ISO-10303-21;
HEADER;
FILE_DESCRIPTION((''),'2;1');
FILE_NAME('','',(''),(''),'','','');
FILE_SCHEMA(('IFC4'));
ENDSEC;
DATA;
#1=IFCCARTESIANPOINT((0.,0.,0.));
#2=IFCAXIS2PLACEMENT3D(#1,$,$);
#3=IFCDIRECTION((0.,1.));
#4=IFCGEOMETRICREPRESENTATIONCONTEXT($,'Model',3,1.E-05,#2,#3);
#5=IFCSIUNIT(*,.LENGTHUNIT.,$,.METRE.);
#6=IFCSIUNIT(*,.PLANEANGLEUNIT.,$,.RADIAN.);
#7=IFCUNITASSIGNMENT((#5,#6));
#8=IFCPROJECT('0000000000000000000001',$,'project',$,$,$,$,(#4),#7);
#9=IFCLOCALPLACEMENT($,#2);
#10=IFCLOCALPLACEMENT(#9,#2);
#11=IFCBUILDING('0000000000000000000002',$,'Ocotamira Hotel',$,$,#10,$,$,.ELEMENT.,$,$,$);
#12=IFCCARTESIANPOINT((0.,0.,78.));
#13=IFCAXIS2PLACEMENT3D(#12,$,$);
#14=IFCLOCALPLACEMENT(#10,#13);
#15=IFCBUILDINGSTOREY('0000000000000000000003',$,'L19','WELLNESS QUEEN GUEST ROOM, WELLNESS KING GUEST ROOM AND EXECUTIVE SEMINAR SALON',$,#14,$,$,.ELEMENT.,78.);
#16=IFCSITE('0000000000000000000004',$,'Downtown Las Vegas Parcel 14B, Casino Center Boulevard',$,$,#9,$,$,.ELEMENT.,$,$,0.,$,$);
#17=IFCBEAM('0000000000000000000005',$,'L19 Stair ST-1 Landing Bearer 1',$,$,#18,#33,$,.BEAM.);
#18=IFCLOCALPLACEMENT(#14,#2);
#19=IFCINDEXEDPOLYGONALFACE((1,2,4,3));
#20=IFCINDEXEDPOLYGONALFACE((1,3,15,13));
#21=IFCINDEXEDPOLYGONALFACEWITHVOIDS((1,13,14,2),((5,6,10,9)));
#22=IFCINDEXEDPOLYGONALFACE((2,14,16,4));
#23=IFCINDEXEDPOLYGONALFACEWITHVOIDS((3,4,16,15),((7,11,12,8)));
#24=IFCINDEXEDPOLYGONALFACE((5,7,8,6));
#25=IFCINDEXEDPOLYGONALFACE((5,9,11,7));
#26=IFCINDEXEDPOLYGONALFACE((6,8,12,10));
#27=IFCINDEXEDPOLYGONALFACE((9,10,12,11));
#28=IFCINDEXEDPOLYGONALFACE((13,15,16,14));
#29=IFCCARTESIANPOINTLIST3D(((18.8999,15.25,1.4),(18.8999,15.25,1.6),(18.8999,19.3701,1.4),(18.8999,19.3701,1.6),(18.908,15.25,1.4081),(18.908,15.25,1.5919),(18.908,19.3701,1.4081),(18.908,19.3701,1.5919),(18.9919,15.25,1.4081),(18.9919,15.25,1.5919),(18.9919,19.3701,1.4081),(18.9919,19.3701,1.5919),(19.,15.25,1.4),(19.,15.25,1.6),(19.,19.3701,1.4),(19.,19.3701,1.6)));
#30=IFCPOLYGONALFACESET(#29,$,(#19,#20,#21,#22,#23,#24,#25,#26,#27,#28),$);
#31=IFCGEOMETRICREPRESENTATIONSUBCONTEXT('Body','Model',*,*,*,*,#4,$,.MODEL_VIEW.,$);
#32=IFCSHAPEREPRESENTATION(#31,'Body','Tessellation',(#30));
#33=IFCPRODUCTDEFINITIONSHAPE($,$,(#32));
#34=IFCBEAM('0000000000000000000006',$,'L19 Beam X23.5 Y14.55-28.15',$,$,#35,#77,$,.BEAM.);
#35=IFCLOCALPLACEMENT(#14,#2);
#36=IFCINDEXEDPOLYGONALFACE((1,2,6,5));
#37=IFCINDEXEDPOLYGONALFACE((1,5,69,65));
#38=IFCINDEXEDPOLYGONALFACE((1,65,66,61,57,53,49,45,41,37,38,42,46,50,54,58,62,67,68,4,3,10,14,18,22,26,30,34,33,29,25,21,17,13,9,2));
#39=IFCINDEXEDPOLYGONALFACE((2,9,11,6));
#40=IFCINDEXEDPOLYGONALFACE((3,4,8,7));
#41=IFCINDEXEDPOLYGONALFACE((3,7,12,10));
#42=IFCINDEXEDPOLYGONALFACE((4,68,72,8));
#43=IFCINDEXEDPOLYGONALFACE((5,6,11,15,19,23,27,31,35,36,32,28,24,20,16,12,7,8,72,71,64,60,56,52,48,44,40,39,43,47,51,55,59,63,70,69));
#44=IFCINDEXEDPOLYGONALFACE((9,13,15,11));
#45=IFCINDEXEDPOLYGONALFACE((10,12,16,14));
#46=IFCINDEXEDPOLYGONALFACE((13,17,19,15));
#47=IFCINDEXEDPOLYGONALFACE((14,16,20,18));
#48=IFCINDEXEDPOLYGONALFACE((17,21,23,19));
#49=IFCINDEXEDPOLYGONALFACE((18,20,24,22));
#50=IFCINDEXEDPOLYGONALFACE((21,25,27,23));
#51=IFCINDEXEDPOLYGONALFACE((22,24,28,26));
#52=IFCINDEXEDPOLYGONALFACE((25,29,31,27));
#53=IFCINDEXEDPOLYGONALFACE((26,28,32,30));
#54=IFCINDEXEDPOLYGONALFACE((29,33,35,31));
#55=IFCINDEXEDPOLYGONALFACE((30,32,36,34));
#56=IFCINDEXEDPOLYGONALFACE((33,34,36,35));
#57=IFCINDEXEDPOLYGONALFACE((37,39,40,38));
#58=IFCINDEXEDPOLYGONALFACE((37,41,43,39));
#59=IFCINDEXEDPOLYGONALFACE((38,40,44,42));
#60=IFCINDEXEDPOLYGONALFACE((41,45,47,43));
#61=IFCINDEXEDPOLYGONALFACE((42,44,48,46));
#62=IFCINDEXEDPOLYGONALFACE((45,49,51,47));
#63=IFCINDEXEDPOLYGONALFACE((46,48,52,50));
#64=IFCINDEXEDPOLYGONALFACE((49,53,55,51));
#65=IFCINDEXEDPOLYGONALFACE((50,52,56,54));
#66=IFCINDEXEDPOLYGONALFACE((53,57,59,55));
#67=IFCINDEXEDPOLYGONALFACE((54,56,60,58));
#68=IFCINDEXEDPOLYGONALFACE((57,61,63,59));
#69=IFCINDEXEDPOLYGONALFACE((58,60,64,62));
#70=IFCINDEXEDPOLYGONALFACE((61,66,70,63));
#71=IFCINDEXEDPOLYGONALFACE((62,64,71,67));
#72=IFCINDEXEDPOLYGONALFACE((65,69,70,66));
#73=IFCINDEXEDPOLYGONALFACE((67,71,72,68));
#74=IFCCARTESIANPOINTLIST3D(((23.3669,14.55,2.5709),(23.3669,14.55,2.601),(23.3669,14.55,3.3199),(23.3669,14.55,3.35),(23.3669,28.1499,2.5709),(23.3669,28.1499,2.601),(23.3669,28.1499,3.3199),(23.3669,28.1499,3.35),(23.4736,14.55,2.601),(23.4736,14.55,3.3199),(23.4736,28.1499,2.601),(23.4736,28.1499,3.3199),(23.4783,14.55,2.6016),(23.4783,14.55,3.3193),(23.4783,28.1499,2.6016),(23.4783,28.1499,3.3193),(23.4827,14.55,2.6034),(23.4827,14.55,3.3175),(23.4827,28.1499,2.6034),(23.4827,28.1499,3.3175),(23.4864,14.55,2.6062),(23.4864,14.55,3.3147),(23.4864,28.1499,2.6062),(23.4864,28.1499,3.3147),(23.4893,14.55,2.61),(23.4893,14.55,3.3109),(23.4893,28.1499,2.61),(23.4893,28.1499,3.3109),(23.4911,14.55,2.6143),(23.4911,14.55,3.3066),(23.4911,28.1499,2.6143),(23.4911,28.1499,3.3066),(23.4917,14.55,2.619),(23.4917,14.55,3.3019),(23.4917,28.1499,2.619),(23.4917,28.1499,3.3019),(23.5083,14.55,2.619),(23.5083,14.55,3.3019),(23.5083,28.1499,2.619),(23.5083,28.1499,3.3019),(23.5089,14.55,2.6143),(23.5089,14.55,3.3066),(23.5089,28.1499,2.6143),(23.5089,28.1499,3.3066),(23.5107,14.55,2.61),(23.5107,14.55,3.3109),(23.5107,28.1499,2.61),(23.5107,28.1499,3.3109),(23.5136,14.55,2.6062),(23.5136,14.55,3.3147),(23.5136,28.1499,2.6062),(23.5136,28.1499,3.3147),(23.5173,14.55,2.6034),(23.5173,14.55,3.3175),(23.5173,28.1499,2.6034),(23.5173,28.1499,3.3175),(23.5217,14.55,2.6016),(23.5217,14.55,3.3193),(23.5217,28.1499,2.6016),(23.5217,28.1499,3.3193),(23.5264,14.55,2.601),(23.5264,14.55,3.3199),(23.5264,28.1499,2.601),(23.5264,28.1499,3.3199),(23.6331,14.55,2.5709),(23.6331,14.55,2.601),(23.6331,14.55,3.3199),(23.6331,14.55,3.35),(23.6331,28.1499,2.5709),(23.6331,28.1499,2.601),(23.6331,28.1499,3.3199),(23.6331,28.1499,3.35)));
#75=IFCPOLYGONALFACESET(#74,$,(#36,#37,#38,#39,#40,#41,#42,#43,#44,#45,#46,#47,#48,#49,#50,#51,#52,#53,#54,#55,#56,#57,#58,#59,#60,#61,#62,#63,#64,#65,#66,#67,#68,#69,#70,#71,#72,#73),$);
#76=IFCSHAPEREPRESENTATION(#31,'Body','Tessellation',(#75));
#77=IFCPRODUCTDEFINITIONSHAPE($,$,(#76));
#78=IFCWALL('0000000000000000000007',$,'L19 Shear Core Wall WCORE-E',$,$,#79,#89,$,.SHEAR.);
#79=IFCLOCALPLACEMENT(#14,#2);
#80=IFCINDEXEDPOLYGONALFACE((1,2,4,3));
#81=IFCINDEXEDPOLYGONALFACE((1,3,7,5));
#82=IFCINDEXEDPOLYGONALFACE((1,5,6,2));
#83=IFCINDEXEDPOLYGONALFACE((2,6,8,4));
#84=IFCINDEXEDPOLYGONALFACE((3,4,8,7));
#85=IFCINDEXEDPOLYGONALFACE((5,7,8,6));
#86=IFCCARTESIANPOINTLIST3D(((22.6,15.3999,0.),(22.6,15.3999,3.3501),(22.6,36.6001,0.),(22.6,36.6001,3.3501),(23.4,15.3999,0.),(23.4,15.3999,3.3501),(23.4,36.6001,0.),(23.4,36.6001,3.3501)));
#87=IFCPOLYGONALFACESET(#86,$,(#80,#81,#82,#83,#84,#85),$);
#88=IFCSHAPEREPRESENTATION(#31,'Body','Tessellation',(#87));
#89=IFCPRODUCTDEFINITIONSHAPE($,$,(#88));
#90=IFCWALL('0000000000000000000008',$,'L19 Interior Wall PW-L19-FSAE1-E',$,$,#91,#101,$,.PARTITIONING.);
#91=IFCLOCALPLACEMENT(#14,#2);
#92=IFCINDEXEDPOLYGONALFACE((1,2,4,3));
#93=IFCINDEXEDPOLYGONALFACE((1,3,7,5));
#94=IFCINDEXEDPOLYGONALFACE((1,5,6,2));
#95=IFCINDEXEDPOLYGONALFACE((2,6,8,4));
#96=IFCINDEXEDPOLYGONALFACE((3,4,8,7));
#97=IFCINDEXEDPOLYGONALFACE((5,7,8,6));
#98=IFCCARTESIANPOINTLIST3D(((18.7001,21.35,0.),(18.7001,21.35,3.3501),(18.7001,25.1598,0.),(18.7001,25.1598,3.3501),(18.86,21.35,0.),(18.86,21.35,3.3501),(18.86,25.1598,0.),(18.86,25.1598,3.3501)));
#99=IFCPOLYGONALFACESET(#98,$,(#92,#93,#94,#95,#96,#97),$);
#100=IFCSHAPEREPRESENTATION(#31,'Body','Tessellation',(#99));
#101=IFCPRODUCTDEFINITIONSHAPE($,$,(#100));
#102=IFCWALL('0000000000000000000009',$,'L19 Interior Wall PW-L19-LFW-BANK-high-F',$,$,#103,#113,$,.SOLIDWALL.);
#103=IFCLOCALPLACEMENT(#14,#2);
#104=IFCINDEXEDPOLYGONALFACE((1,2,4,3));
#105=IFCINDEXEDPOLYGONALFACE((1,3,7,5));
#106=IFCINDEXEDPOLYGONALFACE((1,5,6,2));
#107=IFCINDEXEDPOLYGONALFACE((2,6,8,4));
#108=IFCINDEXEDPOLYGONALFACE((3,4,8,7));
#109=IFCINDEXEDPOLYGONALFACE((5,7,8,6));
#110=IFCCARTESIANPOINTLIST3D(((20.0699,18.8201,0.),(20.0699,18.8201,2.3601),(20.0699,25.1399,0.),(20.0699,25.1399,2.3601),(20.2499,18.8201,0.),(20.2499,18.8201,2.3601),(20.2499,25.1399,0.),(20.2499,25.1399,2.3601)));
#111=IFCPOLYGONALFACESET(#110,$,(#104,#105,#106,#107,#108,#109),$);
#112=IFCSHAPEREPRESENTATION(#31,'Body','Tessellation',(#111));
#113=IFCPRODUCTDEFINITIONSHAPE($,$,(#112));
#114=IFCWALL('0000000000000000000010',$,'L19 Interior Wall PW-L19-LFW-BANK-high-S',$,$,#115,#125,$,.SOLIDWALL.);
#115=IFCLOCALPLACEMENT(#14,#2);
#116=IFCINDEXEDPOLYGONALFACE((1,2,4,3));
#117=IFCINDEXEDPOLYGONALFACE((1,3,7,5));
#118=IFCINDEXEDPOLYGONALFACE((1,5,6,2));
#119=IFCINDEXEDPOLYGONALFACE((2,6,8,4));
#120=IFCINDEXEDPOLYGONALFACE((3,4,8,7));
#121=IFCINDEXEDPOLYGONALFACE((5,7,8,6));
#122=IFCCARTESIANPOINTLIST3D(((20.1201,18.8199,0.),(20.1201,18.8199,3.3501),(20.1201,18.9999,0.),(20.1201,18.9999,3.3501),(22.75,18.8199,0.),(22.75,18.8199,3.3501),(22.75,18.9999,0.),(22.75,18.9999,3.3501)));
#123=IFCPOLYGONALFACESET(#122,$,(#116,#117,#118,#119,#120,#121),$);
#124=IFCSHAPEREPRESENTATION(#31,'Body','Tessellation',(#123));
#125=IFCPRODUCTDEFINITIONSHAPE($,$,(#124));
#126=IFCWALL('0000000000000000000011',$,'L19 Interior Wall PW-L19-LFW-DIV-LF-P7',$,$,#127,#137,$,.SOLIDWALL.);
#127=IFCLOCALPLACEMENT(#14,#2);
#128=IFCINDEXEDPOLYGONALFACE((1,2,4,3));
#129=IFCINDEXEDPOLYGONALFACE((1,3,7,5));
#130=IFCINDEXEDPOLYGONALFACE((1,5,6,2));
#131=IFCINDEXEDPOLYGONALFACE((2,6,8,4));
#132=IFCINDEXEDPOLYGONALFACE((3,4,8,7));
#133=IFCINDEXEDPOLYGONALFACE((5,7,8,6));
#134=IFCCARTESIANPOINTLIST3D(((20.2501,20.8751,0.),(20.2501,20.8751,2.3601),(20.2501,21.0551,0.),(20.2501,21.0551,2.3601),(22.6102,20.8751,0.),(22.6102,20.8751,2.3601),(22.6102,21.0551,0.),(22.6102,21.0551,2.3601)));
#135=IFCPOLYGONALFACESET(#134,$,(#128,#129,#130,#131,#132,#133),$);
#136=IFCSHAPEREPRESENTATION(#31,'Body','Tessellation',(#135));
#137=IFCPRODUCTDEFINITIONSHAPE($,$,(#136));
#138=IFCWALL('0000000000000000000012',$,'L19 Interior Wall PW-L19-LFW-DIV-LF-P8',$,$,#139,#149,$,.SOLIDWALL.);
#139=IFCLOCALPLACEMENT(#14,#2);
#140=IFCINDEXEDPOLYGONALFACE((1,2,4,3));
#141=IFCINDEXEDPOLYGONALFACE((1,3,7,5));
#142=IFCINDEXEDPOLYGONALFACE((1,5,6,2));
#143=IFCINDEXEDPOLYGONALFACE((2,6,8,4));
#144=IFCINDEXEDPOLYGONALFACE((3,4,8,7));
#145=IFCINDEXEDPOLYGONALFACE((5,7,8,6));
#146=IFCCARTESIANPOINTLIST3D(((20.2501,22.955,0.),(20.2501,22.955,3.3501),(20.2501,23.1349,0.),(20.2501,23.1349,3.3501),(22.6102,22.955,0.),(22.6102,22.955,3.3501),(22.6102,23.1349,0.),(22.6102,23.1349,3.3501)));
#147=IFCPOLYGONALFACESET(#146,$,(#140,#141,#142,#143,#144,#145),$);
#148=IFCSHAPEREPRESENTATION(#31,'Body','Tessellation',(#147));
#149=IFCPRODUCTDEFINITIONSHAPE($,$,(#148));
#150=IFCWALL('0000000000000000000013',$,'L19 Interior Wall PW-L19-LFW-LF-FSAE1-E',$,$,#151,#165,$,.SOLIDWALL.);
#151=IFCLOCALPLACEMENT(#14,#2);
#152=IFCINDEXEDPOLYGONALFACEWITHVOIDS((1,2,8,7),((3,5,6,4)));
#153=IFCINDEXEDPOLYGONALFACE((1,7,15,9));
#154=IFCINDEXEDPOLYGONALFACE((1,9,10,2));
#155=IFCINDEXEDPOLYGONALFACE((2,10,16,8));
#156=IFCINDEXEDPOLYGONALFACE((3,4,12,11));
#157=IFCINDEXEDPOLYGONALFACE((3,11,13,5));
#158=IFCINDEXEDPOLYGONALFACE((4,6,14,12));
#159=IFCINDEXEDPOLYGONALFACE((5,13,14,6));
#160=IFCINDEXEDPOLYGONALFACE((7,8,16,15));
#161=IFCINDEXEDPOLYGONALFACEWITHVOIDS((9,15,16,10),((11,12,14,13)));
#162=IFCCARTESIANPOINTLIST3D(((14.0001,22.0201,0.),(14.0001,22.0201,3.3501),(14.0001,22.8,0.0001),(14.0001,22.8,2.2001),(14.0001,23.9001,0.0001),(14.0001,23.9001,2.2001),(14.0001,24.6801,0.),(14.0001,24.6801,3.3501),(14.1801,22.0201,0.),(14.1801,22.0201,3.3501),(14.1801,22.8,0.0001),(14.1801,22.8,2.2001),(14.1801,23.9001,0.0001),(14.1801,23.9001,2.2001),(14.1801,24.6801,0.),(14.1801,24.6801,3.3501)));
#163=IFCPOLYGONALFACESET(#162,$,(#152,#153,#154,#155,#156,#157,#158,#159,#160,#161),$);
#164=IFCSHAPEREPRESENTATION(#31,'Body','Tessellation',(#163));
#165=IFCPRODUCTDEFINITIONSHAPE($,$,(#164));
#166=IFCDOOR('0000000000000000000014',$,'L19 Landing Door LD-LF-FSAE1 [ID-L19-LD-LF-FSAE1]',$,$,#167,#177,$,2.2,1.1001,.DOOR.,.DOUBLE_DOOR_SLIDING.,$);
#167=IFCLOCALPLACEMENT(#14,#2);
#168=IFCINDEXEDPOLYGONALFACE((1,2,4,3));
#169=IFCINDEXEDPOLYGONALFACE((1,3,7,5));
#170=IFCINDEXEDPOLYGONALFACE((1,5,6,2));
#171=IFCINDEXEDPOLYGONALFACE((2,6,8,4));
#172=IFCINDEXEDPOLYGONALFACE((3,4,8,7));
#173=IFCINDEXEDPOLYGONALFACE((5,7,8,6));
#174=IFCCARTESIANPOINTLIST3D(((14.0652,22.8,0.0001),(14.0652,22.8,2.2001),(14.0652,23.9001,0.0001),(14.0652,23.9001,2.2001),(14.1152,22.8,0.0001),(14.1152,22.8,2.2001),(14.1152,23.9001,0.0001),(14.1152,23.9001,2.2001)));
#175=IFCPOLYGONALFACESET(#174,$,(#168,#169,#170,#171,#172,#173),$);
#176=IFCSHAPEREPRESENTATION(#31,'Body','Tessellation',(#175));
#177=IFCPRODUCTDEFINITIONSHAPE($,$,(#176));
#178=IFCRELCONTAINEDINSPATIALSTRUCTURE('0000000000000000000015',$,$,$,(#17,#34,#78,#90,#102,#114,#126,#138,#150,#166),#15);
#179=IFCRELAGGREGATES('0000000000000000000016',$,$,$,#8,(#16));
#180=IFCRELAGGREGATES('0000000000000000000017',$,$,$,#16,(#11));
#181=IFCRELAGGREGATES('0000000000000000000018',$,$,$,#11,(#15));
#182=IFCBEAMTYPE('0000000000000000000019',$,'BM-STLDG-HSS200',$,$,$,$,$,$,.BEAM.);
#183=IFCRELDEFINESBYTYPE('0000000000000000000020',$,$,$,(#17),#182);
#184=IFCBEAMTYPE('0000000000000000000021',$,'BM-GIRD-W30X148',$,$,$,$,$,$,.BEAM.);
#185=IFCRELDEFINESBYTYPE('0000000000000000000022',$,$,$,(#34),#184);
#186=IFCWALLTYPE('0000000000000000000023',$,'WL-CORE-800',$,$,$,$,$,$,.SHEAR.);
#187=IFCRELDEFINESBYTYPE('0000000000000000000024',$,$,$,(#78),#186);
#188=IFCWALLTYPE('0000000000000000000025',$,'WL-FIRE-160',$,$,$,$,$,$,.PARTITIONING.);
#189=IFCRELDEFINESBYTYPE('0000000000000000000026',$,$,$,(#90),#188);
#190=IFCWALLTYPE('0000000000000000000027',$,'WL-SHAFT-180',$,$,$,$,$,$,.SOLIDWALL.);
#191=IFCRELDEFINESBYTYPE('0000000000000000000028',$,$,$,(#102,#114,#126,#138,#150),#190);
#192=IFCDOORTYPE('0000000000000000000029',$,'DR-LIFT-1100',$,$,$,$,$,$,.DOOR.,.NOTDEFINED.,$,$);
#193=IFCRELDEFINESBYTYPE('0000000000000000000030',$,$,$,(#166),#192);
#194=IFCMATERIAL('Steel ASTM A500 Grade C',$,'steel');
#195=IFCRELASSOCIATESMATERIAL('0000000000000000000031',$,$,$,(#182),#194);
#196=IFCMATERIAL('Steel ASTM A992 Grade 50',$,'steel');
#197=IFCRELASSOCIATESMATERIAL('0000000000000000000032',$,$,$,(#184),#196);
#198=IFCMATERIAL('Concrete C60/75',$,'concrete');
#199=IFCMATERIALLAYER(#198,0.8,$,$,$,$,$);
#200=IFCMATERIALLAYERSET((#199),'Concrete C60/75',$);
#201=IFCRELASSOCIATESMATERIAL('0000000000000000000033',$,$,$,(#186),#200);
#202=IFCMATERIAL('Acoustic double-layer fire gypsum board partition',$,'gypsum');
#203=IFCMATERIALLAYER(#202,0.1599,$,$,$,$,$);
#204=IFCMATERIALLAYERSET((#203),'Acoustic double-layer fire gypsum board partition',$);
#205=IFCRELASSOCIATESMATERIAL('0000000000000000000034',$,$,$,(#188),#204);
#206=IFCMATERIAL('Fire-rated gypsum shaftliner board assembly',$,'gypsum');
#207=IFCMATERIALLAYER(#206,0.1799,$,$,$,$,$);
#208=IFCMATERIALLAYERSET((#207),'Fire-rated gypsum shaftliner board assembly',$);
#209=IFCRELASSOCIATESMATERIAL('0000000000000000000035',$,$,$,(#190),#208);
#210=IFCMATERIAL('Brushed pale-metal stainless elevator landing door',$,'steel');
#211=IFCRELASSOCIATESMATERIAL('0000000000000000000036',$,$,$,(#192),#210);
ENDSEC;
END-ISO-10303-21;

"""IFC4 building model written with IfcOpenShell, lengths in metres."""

from ifc_helpers import new_model, si_unit, direction, frame, frame_2d, origin, origin_2d, place, context, subcontext, project, spatial, rectangle, hollow_rectangle, i_section, extrude, source, transform, mapped, material, layer, layer_set, material_profile, profile_set, type_object, element, fill, save


model = new_model("IFC4")

# Units and contexts
model_context = context("Model", 3, precision=1e-05, world=origin(), true_north=direction((0.0, 1.0)))
body_context = subcontext(model_context, "Body", "Model", "MODEL_VIEW")
ifc_project = project(units=[si_unit("LENGTHUNIT", "METRE"), si_unit("PLANEANGLEUNIT", "RADIAN")], contexts=[model_context])

# Site, building, storey
site_placement = place(None, origin())
site = spatial("IfcSite", under=ifc_project, at=site_placement, Name="Downtown Las Vegas Parcel 14B, Casino Center Boulevard", CompositionType="ELEMENT", RefElevation=0.0)
building_placement = place(site_placement, origin())
building = spatial("IfcBuilding", under=site, at=building_placement, Name="Ocotamira Hotel", CompositionType="ELEMENT")
storey_placement = place(building_placement, frame((0.0, 0.0, 78.0)))
storey = spatial("IfcBuildingStorey", under=building, at=storey_placement, Name="L19", Description="WELLNESS QUEEN GUEST ROOM, WELLNESS KING GUEST ROOM AND EXECUTIVE SEMINAR SALON", CompositionType="ELEMENT", Elevation=78.0)

# Beams
ifc_material_1 = material(Name="Steel ASTM A500 Grade C", Category="steel")
ifc_material_profile_1 = material_profile(ifc_material_1, hollow_rectangle(XDim=0.1001, YDim=0.2, WallThickness=0.0081, at=origin_2d()), Name="HSS200X100X8")
ifc_profile_set_1 = profile_set([ifc_material_profile_1], Name="Steel ASTM A500 Grade C")
beam_type_1 = type_object("IfcBeamType", Name="BM-STLDG-HSS200", PredefinedType="BEAM", material=ifc_profile_set_1)
shared_shape_1 = source(origin(), body_context, "Body", "SweptSolid", [
    extrude(hollow_rectangle(XDim=0.1001, YDim=0.2, WallThickness=0.0081, at=origin_2d()), origin(), (0.0, 0.0, 1.0), 4.1201),
])
beam_1_placement = place(storey_placement, frame((18.95, 15.25, 1.5), z_axis=(0.0, 1.0, 0.0), x_axis=(-1.0, 0.0, 0.0)))
element("IfcBeam", 1, at=beam_1_placement, inside=storey, type_object=beam_type_1, Name="L19 Stair ST-1 Landing Bearer 1", PredefinedType="BEAM", context=body_context, shape_type="MappedRepresentation", body=[
    mapped(shared_shape_1, transform((0.0, 0.0, 0.0), scale=1.0)),
])
ifc_material_2 = material(Name="Steel ASTM A992 Grade 50", Category="steel")
ifc_material_profile_2 = material_profile(ifc_material_2, i_section(OverallWidth=0.2661, OverallDepth=0.7791, WebThickness=0.0166, FlangeThickness=0.03, FilletRadius=0.0181, at=origin_2d()), Name="W30X148")
ifc_profile_set_2 = profile_set([ifc_material_profile_2], Name="Steel ASTM A992 Grade 50")
beam_type_2 = type_object("IfcBeamType", Name="BM-GIRD-W30X148", PredefinedType="BEAM", material=ifc_profile_set_2)
shared_shape_2 = source(origin(), body_context, "Body", "SweptSolid", [
    extrude(i_section(OverallWidth=0.2661, OverallDepth=0.7791, WebThickness=0.0166, FlangeThickness=0.03, FilletRadius=0.0181, at=origin_2d()), origin(), (0.0, 0.0, 1.0), 13.5999),
])
beam_2_placement = place(storey_placement, frame((23.5, 14.55, 2.9604), z_axis=(0.0, 1.0, 0.0), x_axis=(-1.0, 0.0, 0.0)))
element("IfcBeam", 2, at=beam_2_placement, inside=storey, type_object=beam_type_2, Name="L19 Beam X23.5 Y14.55-28.15", PredefinedType="BEAM", context=body_context, shape_type="MappedRepresentation", body=[
    mapped(shared_shape_2, transform((0.0, 0.0, 0.0), scale=1.0)),
])

# Wall
ifc_material_3 = material(Name="Concrete C60/75", Category="concrete")
ifc_layer_1 = layer(ifc_material_3, 0.8)
ifc_layer_set_1 = layer_set([ifc_layer_1], Name="Concrete C60/75")
wall_type_1 = type_object("IfcWallType", Name="WL-CORE-800", PredefinedType="SHEAR", material=ifc_layer_set_1)
wall_1_placement = place(storey_placement, frame((23.0, 15.3999, 0.0), z_axis=(0.0, 0.0, 1.0), x_axis=(0.0, 1.0, 0.0)))
element("IfcWall", 3, at=wall_1_placement, inside=storey, type_object=wall_type_1, Name="L19 Shear Core Wall WCORE-E", PredefinedType="SHEAR", context=body_context, shape_type="SweptSolid", body=[
    extrude(rectangle(XDim=21.2002, YDim=0.8, at=frame_2d((10.6001, 0.0))), origin(), (0.0, 0.0, 1.0), 3.3501),
])

# Shared definitions
ifc_material_4 = material(Name="Acoustic double-layer fire gypsum board partition", Category="gypsum")
ifc_layer_2 = layer(ifc_material_4, 0.1599)
ifc_layer_set_2 = layer_set([ifc_layer_2], Name="Acoustic double-layer fire gypsum board partition")
wall_type_2 = type_object("IfcWallType", Name="WL-FIRE-160", PredefinedType="PARTITIONING", material=ifc_layer_set_2)

# Walls
wall_2_placement = place(storey_placement, frame((18.78, 21.3501, 0.0), z_axis=(0.0, 0.0, 1.0), x_axis=(0.0, 1.0, 0.0)))
element("IfcWall", 4, at=wall_2_placement, inside=storey, type_object=wall_type_2, Name="L19 Interior Wall PW-L19-FSAE1-E", PredefinedType="PARTITIONING", context=body_context, shape_type="SweptSolid", body=[
    extrude(rectangle(XDim=3.8098, YDim=0.1599, at=frame_2d((1.9048, 0.0))), origin(), (0.0, 0.0, 1.0), 3.3501),
])
ifc_material_5 = material(Name="Fire-rated gypsum shaftliner board assembly", Category="gypsum")
ifc_layer_3 = layer(ifc_material_5, 0.1799)
ifc_layer_set_3 = layer_set([ifc_layer_3], Name="Fire-rated gypsum shaftliner board assembly")
wall_type_3 = type_object("IfcWallType", Name="WL-SHAFT-180", PredefinedType="SOLIDWALL", material=ifc_layer_set_3)
wall_3_placement = place(storey_placement, frame((20.1599, 18.8201, 0.0), z_axis=(0.0, 0.0, 1.0), x_axis=(0.0, 1.0, 0.0)))
element("IfcWall", 5, at=wall_3_placement, inside=storey, type_object=wall_type_3, Name="L19 Interior Wall PW-L19-LFW-BANK-high-F", PredefinedType="SOLIDWALL", context=body_context, shape_type="SweptSolid", body=[
    extrude(rectangle(XDim=6.3198, YDim=0.1799, at=frame_2d((3.1599, 0.0))), origin(), (0.0, 0.0, 1.0), 2.3601),
])
wall_4_placement = place(storey_placement, frame((20.1201, 18.9099, 0.0), z_axis=(0.0, 0.0, 1.0), x_axis=(1.0, 0.0, 0.0)))
element("IfcWall", 6, at=wall_4_placement, inside=storey, type_object=wall_type_3, Name="L19 Interior Wall PW-L19-LFW-BANK-high-S", PredefinedType="SOLIDWALL", context=body_context, shape_type="SweptSolid", body=[
    extrude(rectangle(XDim=2.6299, YDim=0.1799, at=frame_2d((1.3149, 0.0))), origin(), (0.0, 0.0, 1.0), 3.3501),
])
wall_5_placement = place(storey_placement, frame((20.25, 20.9651, 0.0), z_axis=(0.0, 0.0, 1.0), x_axis=(1.0, 0.0, 0.0)))
element("IfcWall", 7, at=wall_5_placement, inside=storey, type_object=wall_type_3, Name="L19 Interior Wall PW-L19-LFW-DIV-LF-P7", PredefinedType="SOLIDWALL", context=body_context, shape_type="SweptSolid", body=[
    extrude(rectangle(XDim=2.3601, YDim=0.1799, at=frame_2d((1.1802, 0.0))), origin(), (0.0, 0.0, 1.0), 2.3601),
])
wall_6_placement = place(storey_placement, frame((20.25, 23.0449, 0.0), z_axis=(0.0, 0.0, 1.0), x_axis=(1.0, 0.0, 0.0)))
element("IfcWall", 8, at=wall_6_placement, inside=storey, type_object=wall_type_3, Name="L19 Interior Wall PW-L19-LFW-DIV-LF-P8", PredefinedType="SOLIDWALL", context=body_context, shape_type="SweptSolid", body=[
    extrude(rectangle(XDim=2.3601, YDim=0.1799, at=frame_2d((1.1802, 0.0))), origin(), (0.0, 0.0, 1.0), 3.3501),
])

# Wall, opening, door
wall_7_placement = place(storey_placement, frame((14.0901, 22.02, 0.0), z_axis=(0.0, 0.0, 1.0), x_axis=(0.0, 1.0, 0.0)))
wall_7 = element("IfcWall", 9, at=wall_7_placement, inside=storey, type_object=wall_type_3, Name="L19 Interior Wall PW-L19-LFW-LF-FSAE1-E", PredefinedType="SOLIDWALL", context=body_context, shape_type="SweptSolid", body=[
    extrude(rectangle(XDim=2.6599, YDim=0.1799, at=frame_2d((1.3301, 0.0))), origin(), (0.0, 0.0, 1.0), 3.3501),
])
opening_1_placement = place(wall_7_placement, frame((0.78, 0.0, 0.0)))
opening_1 = element("IfcOpeningElement", 10, at=opening_1_placement, cuts=wall_7, PredefinedType="OPENING", context=body_context, shape_type="SweptSolid", body=[
    extrude(rectangle(XDim=1.1001, YDim=2.2, at=frame_2d((0.55, 1.1001))), frame((0.0, 0.1001, 0.0), z_axis=(0.0, -1.0, 0.0), x_axis=(1.0, 0.0, 0.0)), (0.0, 0.0, 1.0), 0.2),
])
ifc_material_6 = material(Name="Brushed pale-metal stainless elevator landing door", Category="steel")
door_type_1 = type_object("IfcDoorType", Name="DR-LIFT-1100", OperationType="NOTDEFINED", PredefinedType="DOOR", material=ifc_material_6)
shared_shape_3 = source(origin(), body_context, "Body", "SweptSolid", [
    extrude(rectangle(XDim=1.1001, YDim=2.2, at=frame_2d((0.55, 1.1001))), frame((0.0, 0.0249, 0.0), z_axis=(0.0, -1.0, 0.0), x_axis=(1.0, 0.0, 0.0)), (0.0, 0.0, 1.0), 0.05),
])
door_1_placement = place(opening_1_placement, origin())
door_1 = element("IfcDoor", 11, at=door_1_placement, inside=storey, type_object=door_type_1, Name="L19 Landing Door LD-LF-FSAE1 [ID-L19-LD-LF-FSAE1]", OperationType="DOUBLE_DOOR_SLIDING", OverallHeight=2.2, OverallWidth=1.1001, PredefinedType="DOOR", context=body_context, shape_type="MappedRepresentation", body=[
    mapped(shared_shape_3, transform((0.0, 0.0, 0.0), scale=1.0)),
])
fill(opening_1, door_1)

save(model, "model.ifc")
